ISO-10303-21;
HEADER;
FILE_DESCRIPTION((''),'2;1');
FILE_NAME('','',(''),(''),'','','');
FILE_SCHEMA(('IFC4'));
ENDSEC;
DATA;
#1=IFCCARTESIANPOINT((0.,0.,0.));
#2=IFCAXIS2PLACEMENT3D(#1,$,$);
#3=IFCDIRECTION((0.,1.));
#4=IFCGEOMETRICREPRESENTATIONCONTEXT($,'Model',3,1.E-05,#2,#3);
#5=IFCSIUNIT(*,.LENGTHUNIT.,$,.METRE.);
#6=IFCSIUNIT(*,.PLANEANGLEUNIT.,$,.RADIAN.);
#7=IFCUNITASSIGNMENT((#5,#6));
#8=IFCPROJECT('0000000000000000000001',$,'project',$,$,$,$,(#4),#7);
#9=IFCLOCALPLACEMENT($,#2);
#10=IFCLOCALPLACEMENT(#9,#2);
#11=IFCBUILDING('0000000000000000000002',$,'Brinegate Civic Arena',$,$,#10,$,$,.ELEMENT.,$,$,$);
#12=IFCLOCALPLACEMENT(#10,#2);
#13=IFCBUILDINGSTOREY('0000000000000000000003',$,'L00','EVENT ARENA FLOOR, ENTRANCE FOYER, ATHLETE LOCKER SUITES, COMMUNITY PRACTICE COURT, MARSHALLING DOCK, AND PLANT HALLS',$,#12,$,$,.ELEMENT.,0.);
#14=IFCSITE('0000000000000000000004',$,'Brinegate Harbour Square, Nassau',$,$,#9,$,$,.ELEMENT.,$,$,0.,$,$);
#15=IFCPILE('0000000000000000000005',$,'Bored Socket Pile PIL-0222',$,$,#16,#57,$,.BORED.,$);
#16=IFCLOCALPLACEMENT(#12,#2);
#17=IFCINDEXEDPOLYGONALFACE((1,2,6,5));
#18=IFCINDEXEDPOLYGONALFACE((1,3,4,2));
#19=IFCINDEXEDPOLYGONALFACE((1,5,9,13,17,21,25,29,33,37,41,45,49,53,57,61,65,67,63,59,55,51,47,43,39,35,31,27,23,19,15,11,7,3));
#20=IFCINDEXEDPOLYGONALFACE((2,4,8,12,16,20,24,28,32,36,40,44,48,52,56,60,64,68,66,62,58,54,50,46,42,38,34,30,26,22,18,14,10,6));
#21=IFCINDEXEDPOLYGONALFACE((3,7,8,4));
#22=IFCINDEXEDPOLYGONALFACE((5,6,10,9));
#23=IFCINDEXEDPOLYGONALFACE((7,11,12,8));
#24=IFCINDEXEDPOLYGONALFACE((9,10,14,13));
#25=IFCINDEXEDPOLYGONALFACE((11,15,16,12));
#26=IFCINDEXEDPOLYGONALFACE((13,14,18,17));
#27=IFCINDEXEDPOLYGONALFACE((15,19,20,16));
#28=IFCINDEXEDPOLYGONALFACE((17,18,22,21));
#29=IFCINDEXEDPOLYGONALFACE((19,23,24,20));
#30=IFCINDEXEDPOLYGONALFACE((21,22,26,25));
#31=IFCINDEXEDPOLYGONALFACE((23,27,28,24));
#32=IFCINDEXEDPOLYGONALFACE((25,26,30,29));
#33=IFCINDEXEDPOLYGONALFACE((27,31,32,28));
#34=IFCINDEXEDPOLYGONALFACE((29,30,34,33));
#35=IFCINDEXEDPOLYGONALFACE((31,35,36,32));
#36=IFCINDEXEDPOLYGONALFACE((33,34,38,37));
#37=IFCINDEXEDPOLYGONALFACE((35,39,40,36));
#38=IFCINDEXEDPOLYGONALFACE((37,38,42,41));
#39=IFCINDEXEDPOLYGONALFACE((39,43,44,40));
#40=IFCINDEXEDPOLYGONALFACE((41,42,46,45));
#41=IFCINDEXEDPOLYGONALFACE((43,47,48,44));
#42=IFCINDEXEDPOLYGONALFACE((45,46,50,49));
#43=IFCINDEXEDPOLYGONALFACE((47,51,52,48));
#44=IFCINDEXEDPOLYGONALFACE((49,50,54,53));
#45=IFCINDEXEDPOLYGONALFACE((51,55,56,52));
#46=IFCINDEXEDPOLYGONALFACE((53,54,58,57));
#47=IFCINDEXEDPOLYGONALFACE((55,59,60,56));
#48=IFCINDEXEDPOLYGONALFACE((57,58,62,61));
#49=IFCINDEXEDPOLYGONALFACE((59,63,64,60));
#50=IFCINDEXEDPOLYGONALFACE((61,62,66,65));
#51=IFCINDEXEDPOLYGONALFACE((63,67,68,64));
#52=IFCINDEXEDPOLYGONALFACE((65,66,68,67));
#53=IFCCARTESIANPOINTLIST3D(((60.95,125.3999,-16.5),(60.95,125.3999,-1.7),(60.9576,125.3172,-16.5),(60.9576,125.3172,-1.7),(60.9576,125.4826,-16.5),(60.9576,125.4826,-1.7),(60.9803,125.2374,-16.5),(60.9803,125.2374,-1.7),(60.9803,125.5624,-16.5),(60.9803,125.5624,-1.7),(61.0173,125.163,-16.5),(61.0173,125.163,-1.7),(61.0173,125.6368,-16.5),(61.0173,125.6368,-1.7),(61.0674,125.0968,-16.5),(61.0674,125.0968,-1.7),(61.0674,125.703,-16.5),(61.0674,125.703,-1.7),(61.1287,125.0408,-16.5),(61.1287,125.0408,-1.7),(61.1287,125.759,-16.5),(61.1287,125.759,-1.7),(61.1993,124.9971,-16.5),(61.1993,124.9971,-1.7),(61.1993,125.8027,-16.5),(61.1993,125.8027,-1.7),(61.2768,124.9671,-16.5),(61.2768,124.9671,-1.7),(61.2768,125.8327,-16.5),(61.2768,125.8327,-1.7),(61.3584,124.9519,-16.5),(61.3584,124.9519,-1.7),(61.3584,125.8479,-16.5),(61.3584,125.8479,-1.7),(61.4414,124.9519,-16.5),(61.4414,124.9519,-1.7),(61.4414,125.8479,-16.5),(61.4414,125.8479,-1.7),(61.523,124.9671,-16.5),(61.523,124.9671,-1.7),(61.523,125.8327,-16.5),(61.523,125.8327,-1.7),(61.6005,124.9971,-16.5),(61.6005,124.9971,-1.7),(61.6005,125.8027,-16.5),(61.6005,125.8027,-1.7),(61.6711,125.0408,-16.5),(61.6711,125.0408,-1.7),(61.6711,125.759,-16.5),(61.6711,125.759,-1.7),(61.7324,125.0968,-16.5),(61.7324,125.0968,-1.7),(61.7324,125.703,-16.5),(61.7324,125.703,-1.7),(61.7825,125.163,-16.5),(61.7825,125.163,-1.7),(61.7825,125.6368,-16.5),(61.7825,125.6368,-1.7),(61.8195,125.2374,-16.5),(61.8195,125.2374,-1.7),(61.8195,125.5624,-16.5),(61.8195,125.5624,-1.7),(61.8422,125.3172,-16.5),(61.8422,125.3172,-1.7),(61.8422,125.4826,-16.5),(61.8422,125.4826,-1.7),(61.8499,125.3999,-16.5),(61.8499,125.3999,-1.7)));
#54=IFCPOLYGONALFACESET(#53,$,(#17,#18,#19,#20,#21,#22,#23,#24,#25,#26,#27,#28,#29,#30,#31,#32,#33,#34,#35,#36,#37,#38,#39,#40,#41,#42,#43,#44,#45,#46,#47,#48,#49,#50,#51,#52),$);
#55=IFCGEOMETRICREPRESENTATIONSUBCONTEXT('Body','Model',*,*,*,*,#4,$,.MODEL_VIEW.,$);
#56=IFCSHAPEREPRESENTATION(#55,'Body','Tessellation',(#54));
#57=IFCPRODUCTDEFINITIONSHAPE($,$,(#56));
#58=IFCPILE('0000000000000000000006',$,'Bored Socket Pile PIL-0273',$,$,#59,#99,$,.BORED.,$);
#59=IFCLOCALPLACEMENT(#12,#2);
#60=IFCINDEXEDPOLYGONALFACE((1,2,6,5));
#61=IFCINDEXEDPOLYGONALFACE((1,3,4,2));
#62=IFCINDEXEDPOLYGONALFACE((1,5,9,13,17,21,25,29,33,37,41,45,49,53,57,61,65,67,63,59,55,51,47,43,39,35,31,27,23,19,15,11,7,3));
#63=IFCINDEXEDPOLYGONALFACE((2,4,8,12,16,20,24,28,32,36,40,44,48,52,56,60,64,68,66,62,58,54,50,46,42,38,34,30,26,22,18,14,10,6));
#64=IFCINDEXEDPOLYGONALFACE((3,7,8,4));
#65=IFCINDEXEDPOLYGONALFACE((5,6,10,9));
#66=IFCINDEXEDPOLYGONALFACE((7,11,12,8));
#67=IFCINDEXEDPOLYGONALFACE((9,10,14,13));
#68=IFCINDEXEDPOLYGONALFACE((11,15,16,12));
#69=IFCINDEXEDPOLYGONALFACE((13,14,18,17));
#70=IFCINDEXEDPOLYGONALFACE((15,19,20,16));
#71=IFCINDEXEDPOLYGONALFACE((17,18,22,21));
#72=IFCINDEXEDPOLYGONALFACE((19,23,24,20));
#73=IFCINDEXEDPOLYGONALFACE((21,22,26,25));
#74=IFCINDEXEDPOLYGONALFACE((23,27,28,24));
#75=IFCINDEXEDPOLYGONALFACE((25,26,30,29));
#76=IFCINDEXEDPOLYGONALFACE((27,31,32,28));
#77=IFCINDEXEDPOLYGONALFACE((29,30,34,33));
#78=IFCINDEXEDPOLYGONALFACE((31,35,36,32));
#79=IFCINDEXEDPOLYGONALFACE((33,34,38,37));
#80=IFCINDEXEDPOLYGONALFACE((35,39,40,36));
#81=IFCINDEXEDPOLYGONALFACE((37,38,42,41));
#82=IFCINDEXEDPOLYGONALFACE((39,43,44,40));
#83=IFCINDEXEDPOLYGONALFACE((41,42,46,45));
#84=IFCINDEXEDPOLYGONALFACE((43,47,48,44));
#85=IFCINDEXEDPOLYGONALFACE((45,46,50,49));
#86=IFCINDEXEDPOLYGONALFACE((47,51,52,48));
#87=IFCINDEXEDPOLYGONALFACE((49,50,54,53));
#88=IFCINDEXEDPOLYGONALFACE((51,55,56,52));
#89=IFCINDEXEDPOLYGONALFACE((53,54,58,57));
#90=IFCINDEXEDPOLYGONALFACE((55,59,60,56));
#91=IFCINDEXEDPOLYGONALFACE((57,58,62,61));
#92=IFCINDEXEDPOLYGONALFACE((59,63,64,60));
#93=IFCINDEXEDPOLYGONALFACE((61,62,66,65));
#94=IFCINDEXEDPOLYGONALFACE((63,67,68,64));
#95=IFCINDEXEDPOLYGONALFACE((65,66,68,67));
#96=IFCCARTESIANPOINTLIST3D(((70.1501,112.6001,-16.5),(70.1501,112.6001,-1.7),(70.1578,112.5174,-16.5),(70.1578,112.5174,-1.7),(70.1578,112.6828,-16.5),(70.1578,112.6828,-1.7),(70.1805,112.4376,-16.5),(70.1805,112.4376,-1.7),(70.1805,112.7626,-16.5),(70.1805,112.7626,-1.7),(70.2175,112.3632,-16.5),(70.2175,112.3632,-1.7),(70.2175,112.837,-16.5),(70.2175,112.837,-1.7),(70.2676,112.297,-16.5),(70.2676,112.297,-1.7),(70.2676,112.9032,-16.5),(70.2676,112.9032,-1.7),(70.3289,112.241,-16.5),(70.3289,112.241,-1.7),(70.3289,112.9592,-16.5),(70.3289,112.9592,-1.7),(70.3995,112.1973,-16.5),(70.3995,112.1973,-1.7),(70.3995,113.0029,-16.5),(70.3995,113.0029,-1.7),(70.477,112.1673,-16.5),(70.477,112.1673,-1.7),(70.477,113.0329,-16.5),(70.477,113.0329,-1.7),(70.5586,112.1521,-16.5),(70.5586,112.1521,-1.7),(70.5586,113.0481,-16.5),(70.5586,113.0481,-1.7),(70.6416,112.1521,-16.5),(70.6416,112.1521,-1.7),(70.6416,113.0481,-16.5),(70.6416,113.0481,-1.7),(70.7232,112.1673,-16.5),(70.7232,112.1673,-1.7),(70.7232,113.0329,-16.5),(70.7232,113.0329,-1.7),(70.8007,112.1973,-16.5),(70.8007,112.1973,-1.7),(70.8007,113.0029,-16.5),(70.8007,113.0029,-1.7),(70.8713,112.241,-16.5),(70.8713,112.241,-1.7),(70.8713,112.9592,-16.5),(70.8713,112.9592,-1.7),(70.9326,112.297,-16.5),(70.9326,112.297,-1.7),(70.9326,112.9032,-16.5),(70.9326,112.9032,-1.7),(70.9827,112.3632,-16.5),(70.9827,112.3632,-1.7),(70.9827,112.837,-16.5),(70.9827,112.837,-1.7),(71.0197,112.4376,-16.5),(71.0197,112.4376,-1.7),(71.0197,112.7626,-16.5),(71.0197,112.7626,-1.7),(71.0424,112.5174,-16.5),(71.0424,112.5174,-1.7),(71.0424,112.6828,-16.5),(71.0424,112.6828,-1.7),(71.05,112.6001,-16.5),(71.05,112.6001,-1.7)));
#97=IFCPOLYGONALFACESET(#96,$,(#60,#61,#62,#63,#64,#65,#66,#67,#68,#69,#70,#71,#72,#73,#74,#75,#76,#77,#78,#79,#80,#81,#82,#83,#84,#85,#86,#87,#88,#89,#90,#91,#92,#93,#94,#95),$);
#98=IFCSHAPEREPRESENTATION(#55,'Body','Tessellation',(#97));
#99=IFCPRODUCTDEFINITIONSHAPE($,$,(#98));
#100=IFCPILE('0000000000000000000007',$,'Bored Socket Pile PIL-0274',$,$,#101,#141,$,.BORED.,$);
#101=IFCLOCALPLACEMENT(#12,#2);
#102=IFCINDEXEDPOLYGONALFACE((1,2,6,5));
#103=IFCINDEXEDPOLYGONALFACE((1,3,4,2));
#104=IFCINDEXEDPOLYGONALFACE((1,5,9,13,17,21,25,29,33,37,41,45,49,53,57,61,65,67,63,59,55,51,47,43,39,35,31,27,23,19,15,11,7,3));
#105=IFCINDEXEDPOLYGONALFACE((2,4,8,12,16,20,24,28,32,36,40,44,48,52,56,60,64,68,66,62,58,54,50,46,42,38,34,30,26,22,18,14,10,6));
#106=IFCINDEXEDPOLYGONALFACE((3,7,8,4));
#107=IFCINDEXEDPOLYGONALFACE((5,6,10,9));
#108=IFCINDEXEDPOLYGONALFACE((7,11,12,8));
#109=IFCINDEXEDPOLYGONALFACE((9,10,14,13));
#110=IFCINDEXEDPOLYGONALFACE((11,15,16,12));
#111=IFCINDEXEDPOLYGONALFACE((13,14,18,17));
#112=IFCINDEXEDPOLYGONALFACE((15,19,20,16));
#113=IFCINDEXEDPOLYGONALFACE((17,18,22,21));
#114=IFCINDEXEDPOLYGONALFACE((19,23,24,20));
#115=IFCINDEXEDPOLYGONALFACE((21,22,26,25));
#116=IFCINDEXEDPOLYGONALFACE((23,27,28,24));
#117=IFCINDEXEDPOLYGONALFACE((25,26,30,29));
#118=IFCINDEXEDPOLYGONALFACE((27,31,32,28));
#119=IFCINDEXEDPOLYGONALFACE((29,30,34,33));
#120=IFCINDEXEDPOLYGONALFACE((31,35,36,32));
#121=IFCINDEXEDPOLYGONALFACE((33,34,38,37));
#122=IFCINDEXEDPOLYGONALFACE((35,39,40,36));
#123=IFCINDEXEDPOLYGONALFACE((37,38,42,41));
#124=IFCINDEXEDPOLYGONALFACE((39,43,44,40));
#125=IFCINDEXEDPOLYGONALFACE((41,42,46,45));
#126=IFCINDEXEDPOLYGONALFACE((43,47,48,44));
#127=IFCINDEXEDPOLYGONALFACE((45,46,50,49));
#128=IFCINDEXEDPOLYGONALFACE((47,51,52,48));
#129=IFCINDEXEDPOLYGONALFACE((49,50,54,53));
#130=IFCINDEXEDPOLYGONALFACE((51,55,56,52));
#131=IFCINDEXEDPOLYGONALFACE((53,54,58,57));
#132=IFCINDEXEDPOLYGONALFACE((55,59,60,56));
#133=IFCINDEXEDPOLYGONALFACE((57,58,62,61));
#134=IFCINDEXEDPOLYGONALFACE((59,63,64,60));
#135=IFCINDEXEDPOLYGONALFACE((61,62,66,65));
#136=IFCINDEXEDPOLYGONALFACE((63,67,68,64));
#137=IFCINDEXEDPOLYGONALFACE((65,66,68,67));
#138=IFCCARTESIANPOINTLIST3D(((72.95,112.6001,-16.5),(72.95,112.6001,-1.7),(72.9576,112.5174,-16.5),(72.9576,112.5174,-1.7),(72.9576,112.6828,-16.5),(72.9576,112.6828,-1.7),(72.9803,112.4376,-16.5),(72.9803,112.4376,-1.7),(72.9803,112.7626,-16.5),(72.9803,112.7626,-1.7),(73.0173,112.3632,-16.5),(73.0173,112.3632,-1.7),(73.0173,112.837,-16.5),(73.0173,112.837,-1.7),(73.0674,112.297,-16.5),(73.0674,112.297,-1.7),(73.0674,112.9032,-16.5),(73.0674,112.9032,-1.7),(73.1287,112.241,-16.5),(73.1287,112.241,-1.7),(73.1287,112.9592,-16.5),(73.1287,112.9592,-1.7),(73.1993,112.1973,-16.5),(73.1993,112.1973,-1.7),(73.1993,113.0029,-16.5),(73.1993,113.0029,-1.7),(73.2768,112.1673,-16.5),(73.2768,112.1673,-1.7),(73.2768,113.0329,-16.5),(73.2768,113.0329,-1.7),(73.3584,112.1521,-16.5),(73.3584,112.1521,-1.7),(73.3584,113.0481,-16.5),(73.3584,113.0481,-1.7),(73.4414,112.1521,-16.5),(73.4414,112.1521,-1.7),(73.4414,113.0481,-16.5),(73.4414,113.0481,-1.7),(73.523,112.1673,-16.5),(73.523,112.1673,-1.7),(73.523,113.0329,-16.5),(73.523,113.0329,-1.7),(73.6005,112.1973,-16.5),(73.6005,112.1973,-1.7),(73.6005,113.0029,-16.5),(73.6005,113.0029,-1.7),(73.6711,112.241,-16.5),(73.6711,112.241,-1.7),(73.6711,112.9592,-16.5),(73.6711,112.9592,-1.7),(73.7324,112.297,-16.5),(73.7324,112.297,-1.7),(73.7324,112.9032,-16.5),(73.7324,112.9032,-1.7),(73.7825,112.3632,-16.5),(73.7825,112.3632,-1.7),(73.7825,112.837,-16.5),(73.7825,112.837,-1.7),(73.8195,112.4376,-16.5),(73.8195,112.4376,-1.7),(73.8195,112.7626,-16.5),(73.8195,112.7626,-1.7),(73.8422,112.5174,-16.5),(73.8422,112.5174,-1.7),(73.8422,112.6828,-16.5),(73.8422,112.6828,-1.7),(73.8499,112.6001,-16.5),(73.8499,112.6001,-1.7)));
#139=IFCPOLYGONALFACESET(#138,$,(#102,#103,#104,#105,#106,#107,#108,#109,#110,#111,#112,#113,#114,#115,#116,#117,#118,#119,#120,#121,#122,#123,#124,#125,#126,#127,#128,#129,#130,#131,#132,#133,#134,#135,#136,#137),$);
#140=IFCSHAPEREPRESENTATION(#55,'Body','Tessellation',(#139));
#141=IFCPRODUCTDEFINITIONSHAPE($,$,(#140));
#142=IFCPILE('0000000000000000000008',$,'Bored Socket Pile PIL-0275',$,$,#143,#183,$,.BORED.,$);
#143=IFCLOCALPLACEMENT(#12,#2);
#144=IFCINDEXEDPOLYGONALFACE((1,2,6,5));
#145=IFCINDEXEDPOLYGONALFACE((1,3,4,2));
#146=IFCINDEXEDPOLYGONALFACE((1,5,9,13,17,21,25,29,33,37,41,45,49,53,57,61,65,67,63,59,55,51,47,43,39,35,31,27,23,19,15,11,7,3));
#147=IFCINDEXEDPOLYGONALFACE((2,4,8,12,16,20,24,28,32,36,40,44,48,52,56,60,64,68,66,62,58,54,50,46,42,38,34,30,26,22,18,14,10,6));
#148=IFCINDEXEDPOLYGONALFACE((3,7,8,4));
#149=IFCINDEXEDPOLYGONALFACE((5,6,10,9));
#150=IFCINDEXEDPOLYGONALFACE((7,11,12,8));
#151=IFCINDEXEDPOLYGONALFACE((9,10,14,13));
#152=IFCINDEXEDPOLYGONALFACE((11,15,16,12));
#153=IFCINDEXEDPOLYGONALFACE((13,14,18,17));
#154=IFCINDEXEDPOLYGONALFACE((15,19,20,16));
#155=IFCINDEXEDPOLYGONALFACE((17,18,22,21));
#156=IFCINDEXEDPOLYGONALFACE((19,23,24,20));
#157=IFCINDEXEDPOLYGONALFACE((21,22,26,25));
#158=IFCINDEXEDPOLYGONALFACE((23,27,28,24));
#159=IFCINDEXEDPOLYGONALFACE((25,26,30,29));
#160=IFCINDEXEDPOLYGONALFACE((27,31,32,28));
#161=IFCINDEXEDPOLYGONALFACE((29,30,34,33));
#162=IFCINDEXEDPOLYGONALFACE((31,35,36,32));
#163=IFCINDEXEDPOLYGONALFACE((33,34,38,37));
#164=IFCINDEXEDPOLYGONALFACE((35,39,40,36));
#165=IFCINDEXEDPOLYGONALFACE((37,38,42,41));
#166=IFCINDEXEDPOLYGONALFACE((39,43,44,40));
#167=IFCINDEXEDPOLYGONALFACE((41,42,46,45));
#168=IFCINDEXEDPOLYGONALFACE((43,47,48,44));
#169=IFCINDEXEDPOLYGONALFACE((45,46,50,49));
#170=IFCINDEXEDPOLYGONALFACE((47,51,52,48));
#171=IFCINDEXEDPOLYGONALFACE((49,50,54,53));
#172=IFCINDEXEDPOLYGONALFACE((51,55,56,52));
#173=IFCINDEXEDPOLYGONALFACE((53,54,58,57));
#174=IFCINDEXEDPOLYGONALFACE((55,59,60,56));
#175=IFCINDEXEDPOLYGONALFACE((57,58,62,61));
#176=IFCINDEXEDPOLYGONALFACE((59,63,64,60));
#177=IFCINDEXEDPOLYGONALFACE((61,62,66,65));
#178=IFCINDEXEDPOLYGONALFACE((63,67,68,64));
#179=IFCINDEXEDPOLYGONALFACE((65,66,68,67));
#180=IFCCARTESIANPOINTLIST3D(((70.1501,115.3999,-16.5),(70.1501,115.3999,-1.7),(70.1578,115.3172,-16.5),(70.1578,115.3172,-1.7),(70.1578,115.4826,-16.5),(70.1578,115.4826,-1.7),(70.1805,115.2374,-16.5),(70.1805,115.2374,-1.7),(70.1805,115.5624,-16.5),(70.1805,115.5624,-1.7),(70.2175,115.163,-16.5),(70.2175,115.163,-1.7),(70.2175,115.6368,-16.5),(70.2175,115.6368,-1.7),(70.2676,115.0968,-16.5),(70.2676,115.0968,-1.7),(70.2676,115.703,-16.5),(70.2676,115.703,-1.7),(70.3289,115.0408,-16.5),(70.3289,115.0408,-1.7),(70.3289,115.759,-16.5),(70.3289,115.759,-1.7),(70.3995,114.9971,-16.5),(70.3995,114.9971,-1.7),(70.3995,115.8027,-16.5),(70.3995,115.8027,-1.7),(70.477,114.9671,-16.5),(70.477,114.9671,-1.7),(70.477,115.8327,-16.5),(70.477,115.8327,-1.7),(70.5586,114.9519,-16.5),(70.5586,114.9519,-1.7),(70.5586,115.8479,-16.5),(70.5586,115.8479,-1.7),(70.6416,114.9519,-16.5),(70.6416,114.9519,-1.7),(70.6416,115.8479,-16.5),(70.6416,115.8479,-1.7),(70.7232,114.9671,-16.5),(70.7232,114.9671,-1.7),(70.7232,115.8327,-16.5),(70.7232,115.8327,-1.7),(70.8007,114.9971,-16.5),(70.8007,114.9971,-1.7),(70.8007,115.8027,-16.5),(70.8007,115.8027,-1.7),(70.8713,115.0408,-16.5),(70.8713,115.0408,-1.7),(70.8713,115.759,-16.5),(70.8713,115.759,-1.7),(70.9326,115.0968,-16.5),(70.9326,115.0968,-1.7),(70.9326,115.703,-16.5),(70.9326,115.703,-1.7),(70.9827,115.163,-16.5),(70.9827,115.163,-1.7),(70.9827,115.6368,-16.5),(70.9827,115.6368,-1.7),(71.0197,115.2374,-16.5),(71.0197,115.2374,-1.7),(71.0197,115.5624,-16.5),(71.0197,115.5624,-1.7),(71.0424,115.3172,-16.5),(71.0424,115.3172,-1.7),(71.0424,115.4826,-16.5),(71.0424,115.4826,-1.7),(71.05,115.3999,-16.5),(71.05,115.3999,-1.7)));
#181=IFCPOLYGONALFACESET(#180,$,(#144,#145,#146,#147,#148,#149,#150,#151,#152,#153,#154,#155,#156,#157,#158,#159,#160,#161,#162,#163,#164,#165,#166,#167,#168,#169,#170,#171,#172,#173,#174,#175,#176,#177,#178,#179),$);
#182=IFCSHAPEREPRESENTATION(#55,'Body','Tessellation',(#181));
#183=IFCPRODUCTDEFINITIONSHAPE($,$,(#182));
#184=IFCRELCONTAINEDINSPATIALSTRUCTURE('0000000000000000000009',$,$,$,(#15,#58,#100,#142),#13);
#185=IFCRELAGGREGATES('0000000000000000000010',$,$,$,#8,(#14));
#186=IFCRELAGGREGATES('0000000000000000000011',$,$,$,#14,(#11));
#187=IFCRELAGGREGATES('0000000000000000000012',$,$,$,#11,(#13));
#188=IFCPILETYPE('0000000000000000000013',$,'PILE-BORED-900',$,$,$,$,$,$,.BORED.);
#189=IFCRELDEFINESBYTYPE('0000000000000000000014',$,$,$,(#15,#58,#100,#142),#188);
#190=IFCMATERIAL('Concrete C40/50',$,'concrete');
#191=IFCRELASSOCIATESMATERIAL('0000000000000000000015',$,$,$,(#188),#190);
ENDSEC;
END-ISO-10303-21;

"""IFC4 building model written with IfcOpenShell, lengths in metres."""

from ifc_helpers import new_model, si_unit, direction, frame, origin, origin_2d, place, context, subcontext, project, spatial, circle, extrude, material, material_profile, profile_set, type_object, element, save


model = new_model("IFC4")

# Units and contexts
model_context = context("Model", 3, precision=1e-05, world=origin(), true_north=direction((0.0, 1.0)))
body_context = subcontext(model_context, "Body", "Model", "MODEL_VIEW")
ifc_project = project(units=[si_unit("LENGTHUNIT", "METRE"), si_unit("PLANEANGLEUNIT", "RADIAN")], contexts=[model_context])

# Site, building, storey
site_placement = place(None, origin())
site = spatial("IfcSite", under=ifc_project, at=site_placement, Name="Brinegate Harbour Square, Nassau", CompositionType="ELEMENT", RefElevation=0.0)
building_placement = place(site_placement, origin())
building = spatial("IfcBuilding", under=site, at=building_placement, Name="Brinegate Civic Arena", CompositionType="ELEMENT")
storey_placement = place(building_placement, origin())
storey = spatial("IfcBuildingStorey", under=building, at=storey_placement, Name="L00", Description="EVENT ARENA FLOOR, ENTRANCE FOYER, ATHLETE LOCKER SUITES, COMMUNITY PRACTICE COURT, MARSHALLING DOCK, AND PLANT HALLS", CompositionType="ELEMENT", Elevation=0.0)

# Shared definitions
ifc_material_1 = material(Name="Concrete C40/50", Category="concrete")

# Piles
ifc_material_profile_1 = material_profile(ifc_material_1, circle(Radius=0.45, at=origin_2d()), Name="PILED900")
ifc_profile_set_1 = profile_set([ifc_material_profile_1], Name="Concrete C40/50")
pile_type_1 = type_object("IfcPileType", Name="PILE-BORED-900", PredefinedType="BORED", material=ifc_profile_set_1)
for number, where, z_axis, x_axis, name in (
    (1, (61.3999, 125.3999, -1.7), (0.0, 0.0, -1.0), (1.0, 0.0, 0.0), "Bored Socket Pile PIL-0222"),
    (2, (70.6001, 112.6001, -1.7), (0.0, 0.0, -1.0), (1.0, 0.0, 0.0), "Bored Socket Pile PIL-0273"),
    (3, (73.3999, 112.6001, -1.7), (0.0, 0.0, -1.0), (1.0, 0.0, 0.0), "Bored Socket Pile PIL-0274"),
    (4, (70.6001, 115.3999, -1.7), (0.0, 0.0, -1.0), (1.0, 0.0, 0.0), "Bored Socket Pile PIL-0275"),
):
    element("IfcPile", number, at=place(storey_placement, frame(where, z_axis=z_axis, x_axis=x_axis)), inside=storey, type_object=pile_type_1, Name=name, PredefinedType="BORED", context=body_context, shape_type="SweptSolid", body=[
        extrude(circle(Radius=0.45, at=origin_2d()), origin(), (0.0, 0.0, 1.0), 14.8),
    ])

save(model, "model.ifc")
